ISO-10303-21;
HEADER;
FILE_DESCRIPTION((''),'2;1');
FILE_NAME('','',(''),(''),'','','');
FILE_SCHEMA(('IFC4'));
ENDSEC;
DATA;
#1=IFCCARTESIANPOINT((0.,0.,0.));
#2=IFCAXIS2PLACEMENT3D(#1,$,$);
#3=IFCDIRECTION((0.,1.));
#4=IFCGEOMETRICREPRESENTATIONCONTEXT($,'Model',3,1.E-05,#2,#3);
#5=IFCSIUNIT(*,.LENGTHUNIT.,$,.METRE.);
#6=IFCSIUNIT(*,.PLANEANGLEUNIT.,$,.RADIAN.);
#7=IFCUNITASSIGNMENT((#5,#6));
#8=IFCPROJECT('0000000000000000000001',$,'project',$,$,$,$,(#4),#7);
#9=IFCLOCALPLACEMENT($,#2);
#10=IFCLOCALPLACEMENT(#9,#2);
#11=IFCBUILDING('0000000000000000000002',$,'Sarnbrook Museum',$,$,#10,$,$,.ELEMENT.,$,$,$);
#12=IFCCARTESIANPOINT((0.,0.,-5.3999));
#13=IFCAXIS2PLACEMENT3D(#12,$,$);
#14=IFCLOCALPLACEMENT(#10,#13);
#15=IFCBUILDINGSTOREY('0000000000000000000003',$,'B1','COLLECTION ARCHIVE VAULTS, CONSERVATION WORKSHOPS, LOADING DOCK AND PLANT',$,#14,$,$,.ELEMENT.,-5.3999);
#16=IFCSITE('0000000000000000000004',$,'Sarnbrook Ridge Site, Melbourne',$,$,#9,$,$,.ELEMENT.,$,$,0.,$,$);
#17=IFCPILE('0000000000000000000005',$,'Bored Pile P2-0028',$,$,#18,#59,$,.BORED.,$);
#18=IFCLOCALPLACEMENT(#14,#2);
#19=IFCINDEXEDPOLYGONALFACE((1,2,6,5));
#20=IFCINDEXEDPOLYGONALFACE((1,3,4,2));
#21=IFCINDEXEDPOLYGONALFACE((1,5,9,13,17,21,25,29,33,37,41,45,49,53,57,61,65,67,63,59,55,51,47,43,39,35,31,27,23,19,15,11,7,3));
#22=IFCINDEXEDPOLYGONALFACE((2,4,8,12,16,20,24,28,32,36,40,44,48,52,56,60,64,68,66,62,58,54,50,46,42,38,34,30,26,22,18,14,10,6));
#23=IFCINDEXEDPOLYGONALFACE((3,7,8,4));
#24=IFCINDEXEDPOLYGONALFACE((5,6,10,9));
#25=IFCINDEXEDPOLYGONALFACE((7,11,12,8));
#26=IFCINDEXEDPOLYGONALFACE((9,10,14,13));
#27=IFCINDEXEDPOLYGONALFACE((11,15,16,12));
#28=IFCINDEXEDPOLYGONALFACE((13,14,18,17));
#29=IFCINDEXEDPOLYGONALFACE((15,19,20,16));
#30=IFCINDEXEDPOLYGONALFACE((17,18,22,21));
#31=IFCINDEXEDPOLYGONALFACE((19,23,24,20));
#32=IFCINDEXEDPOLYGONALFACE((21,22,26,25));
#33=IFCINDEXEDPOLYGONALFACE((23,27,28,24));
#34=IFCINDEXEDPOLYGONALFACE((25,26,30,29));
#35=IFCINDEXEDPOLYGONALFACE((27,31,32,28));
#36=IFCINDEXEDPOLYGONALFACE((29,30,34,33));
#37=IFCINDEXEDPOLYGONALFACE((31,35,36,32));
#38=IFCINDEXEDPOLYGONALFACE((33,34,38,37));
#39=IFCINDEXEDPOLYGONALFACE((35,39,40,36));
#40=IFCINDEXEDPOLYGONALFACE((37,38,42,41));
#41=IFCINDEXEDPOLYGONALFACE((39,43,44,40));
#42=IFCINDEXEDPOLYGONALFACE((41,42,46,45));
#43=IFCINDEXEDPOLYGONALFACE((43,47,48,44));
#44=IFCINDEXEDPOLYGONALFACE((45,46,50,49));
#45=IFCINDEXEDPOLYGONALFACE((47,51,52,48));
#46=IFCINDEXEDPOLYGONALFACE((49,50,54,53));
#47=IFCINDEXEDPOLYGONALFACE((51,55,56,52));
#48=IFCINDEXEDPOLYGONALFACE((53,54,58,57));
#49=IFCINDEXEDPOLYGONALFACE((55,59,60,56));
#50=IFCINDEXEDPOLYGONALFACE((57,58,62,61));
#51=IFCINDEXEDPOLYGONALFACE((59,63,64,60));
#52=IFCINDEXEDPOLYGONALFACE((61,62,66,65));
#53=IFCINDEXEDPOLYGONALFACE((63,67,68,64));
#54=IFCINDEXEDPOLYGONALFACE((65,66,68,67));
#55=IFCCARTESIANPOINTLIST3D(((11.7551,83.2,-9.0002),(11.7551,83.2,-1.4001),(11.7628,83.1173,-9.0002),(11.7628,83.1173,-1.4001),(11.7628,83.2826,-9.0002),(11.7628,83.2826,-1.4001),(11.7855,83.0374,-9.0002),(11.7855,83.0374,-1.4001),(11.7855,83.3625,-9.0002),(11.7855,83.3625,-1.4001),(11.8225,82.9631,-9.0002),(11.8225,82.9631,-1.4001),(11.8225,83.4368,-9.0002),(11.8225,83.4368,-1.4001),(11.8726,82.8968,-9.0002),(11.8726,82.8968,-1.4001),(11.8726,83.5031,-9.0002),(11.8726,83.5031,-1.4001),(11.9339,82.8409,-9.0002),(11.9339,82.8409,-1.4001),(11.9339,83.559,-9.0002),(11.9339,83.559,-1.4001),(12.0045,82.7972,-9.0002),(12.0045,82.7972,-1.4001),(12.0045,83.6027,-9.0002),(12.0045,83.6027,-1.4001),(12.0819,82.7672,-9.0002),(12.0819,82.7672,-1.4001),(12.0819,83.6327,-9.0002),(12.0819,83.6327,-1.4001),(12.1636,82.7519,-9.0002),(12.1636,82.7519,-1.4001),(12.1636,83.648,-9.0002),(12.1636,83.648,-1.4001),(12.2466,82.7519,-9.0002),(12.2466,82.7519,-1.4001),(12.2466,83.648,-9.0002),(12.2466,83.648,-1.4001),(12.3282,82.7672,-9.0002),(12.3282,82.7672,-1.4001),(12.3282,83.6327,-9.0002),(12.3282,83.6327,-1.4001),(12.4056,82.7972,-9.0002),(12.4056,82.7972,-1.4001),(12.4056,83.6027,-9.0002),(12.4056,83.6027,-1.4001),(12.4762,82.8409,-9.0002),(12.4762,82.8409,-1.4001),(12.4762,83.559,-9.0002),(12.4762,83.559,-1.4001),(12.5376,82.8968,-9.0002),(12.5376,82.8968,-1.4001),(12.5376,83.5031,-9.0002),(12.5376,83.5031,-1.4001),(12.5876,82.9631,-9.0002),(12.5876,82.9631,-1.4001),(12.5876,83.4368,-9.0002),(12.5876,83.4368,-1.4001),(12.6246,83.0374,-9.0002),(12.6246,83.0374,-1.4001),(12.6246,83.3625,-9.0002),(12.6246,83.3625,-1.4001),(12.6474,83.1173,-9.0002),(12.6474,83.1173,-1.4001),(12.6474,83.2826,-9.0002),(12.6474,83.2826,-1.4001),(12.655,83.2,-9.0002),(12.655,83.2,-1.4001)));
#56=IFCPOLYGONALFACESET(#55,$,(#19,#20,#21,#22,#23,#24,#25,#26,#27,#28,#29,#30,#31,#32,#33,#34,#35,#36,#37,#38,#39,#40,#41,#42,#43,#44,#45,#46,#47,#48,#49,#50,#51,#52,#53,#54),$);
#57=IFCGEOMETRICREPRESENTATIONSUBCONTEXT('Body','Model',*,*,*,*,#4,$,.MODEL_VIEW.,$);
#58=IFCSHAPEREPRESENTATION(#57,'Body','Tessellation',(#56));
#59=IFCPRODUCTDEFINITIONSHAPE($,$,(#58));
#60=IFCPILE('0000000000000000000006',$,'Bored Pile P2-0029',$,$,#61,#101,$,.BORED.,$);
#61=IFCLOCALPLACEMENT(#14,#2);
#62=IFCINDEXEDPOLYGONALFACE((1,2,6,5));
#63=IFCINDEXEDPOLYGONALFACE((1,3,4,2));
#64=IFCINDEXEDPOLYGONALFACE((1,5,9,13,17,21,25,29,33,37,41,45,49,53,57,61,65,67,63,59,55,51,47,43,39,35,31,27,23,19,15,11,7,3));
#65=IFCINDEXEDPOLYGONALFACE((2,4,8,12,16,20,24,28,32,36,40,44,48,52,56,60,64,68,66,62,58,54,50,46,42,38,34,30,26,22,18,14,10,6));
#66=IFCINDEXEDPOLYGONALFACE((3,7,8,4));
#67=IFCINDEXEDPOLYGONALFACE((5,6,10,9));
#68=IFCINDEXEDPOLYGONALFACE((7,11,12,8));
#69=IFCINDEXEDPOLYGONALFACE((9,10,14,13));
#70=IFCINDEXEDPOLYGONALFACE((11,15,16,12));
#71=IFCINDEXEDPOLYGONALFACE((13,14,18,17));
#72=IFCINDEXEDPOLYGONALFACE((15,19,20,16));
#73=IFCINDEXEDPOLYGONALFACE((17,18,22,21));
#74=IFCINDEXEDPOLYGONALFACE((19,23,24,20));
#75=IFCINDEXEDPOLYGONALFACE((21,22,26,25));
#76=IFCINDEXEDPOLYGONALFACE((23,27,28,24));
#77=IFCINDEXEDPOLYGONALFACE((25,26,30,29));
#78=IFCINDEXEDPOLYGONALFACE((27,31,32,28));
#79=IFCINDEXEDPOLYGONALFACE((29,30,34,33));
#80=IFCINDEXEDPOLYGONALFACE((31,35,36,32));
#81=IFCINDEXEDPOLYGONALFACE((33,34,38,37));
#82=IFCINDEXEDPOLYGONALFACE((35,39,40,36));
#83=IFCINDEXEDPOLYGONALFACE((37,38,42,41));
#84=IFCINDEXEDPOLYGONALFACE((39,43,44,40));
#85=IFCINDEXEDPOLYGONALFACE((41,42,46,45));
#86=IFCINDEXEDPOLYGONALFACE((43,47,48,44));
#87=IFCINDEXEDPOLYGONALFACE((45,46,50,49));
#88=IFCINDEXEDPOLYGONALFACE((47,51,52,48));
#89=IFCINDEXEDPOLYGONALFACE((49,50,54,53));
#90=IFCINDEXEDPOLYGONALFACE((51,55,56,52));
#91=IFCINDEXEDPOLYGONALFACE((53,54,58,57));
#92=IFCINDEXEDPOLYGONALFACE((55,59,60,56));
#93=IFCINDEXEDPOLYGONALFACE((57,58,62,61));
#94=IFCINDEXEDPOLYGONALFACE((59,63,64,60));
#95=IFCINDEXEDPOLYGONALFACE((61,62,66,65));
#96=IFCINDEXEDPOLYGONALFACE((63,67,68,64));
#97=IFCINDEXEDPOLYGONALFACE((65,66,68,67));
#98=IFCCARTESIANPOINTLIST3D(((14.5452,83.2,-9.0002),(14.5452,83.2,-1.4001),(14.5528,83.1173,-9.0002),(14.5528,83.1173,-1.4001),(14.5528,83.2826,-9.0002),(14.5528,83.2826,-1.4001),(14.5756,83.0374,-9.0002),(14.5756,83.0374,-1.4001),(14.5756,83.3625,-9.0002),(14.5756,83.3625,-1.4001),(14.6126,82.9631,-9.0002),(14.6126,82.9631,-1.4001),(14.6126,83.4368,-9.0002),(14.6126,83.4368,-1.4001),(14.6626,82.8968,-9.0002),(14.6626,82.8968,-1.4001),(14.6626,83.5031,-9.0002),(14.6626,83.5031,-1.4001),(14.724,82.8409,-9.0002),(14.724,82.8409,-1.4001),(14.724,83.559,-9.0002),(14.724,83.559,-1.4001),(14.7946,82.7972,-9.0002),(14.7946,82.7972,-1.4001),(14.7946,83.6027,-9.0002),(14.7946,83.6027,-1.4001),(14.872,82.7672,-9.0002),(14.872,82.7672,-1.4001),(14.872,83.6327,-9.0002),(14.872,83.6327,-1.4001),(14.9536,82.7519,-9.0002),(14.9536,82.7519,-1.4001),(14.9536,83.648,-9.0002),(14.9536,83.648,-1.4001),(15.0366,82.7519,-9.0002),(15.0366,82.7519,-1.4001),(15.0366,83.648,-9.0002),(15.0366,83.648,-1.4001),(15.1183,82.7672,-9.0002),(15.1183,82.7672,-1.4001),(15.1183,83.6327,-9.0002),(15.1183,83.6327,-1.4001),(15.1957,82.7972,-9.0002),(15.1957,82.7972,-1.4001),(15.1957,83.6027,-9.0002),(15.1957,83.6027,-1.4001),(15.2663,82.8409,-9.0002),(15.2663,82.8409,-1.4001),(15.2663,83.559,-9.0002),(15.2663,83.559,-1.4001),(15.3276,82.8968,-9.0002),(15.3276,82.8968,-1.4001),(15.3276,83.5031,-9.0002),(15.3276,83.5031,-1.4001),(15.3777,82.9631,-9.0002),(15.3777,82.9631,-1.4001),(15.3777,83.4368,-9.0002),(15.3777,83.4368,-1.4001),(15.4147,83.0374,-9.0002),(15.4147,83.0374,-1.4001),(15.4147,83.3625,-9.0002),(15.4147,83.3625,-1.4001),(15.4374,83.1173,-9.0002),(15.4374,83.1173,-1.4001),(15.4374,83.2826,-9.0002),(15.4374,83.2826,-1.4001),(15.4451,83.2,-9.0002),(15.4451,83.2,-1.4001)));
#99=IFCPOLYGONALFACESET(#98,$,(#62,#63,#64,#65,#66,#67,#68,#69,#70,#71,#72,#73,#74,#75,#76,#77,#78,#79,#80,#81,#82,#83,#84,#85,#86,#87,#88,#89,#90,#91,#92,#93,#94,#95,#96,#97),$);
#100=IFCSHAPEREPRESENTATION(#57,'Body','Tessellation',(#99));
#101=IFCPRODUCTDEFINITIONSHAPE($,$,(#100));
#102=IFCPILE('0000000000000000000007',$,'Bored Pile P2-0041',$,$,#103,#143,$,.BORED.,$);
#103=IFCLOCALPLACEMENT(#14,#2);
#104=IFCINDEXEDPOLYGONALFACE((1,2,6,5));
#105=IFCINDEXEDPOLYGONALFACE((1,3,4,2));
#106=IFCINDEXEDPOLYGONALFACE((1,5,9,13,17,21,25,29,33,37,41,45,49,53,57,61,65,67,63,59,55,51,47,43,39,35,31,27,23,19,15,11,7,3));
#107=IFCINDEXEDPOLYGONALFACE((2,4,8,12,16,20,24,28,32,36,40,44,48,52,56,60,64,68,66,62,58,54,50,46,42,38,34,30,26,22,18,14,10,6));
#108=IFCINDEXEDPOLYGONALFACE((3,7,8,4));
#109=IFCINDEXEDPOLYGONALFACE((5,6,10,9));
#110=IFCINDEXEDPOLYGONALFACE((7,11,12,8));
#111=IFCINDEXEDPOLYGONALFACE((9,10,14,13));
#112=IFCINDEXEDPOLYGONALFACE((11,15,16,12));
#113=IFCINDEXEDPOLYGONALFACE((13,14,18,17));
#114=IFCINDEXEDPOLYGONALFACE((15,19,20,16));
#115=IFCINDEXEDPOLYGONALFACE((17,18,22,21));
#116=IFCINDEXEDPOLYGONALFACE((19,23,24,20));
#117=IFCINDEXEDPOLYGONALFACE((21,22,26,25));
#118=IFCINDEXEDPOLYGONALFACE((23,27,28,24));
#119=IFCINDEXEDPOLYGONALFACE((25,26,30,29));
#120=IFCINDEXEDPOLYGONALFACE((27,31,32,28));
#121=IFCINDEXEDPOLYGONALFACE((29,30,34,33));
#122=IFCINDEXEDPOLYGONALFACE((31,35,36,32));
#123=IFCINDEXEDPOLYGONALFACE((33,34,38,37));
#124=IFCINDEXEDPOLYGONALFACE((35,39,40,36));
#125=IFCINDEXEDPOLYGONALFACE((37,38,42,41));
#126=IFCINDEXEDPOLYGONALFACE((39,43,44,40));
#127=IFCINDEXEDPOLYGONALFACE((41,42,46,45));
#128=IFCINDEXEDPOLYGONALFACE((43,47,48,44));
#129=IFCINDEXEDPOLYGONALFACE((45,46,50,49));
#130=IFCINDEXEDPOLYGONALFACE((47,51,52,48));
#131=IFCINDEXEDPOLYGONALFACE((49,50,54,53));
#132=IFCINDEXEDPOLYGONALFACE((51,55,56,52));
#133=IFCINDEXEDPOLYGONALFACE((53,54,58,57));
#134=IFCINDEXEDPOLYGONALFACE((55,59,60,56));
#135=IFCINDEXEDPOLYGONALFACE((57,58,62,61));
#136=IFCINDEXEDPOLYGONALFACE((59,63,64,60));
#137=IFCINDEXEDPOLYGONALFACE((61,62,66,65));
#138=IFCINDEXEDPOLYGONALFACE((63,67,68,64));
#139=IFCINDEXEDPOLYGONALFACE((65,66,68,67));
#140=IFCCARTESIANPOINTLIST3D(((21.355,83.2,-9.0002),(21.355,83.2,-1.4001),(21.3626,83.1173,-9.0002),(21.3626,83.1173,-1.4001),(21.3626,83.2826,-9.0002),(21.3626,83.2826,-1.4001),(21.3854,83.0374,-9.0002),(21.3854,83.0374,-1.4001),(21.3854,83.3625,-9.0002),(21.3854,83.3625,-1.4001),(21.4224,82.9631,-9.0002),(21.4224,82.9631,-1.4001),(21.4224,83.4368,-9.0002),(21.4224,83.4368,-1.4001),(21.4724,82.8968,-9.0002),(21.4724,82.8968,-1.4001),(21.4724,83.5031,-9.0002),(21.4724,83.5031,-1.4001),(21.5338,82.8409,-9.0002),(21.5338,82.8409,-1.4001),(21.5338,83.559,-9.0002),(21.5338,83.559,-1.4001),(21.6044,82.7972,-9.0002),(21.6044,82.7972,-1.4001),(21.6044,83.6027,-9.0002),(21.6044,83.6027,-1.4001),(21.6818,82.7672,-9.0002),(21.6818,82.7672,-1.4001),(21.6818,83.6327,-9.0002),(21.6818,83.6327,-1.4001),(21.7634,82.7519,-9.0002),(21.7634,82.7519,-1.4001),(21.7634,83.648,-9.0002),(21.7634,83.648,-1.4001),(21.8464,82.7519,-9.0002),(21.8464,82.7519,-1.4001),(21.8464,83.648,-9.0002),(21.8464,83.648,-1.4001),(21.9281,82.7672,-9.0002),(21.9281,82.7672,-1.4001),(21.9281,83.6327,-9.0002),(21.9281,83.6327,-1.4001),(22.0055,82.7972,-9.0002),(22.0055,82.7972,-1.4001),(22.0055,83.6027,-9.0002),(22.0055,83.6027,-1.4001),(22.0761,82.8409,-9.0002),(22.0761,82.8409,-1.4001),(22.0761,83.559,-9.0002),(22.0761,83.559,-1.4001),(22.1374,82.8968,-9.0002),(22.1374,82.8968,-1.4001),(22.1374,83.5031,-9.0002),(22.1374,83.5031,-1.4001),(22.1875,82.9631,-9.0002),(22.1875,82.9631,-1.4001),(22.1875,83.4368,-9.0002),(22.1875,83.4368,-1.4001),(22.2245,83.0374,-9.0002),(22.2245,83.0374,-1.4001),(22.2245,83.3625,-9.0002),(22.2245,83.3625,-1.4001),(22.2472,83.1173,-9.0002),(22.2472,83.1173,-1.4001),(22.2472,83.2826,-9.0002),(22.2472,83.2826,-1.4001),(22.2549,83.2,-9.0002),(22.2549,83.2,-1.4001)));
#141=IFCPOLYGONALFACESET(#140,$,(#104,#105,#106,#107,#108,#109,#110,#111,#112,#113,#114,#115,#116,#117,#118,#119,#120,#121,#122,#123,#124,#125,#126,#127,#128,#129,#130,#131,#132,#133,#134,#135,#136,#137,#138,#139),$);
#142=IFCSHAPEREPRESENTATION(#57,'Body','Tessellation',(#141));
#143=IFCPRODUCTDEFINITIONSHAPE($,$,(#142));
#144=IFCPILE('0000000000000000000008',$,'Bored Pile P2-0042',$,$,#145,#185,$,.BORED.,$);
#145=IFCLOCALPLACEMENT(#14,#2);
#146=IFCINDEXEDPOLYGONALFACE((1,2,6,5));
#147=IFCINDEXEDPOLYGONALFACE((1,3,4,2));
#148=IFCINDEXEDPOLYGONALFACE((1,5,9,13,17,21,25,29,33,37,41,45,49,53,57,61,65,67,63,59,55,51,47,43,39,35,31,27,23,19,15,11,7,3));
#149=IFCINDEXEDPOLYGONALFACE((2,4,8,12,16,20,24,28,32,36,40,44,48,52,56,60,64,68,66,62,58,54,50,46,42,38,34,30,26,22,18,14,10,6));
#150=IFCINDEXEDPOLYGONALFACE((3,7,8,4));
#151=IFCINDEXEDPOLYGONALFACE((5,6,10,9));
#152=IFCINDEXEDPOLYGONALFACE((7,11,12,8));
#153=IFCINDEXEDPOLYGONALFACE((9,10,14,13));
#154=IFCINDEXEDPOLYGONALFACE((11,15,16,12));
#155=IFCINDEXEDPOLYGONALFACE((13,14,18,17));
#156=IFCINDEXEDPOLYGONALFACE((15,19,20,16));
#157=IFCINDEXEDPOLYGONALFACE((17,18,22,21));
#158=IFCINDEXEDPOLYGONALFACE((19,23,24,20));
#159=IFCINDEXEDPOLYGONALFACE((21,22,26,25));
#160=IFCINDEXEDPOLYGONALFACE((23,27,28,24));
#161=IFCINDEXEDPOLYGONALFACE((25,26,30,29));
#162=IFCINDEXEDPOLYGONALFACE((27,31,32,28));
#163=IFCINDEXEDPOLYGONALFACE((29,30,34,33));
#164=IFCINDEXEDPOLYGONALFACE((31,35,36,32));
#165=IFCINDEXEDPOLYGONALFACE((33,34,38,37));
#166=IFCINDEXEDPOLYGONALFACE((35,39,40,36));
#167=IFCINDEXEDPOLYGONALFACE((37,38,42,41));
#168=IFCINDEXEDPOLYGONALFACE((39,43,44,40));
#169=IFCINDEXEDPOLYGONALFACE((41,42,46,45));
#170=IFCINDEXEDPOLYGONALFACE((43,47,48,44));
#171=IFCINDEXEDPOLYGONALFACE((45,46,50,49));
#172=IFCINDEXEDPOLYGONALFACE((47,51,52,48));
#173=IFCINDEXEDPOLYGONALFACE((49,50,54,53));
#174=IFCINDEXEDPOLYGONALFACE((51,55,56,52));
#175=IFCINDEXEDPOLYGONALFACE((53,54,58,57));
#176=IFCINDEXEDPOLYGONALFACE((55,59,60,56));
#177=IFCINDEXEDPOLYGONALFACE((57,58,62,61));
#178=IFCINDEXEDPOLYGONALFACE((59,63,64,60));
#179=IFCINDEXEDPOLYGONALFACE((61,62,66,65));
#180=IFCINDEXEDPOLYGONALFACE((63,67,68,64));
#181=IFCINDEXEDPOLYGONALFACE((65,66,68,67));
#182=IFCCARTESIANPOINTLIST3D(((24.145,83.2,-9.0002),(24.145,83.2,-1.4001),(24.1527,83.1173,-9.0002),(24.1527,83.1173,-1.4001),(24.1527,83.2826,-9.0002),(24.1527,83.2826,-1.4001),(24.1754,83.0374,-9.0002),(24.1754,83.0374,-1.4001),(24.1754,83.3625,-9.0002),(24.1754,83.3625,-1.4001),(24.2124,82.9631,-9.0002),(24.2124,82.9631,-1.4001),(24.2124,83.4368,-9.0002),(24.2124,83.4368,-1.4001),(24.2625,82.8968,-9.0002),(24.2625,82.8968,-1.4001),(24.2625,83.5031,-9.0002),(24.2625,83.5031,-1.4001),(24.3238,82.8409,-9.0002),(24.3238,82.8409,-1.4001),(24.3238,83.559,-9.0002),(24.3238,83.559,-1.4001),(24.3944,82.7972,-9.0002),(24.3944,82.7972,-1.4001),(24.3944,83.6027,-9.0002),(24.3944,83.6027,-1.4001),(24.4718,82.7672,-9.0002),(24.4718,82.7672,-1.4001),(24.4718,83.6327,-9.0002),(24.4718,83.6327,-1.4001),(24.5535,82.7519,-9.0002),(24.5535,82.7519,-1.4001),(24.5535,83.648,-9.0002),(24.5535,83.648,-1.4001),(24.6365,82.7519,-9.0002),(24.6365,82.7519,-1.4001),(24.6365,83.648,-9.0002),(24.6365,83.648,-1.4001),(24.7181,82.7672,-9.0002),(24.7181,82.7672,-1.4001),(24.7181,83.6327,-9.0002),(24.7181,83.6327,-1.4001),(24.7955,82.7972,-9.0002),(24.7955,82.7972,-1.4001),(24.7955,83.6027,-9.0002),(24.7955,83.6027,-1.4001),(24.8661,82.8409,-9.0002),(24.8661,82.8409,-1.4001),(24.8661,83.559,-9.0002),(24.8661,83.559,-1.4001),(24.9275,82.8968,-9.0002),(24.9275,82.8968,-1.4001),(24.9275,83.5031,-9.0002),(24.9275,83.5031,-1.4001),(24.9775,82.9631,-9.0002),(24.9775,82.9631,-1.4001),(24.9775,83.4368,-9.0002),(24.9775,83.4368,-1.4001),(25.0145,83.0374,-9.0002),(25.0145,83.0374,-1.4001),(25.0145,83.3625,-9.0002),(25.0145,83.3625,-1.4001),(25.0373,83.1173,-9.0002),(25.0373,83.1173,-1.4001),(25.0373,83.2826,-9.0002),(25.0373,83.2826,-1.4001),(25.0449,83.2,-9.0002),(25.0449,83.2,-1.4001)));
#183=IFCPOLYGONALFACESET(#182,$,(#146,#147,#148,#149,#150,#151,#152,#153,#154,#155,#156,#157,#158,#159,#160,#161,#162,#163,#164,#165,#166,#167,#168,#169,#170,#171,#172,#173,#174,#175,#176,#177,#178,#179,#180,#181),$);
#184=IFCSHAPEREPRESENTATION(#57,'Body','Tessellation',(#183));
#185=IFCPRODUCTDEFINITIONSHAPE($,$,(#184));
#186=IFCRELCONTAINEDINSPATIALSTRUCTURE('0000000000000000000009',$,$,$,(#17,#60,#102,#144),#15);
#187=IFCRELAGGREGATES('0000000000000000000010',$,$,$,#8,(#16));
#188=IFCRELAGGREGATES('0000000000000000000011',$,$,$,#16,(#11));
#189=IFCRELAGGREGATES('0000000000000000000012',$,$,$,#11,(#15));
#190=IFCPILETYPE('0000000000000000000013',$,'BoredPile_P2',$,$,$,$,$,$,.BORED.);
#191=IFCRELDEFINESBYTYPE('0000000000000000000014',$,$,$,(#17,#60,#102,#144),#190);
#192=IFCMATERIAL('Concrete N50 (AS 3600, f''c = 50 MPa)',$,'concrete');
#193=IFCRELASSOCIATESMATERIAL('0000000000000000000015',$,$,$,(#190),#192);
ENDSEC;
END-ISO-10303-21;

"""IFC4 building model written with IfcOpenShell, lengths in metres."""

from ifc_helpers import new_model, si_unit, direction, frame, origin, origin_2d, place, context, subcontext, project, spatial, circle, extrude, material, material_profile, profile_set, type_object, element, save


model = new_model("IFC4")

# Units and contexts
model_context = context("Model", 3, precision=1e-05, world=origin(), true_north=direction((0.0, 1.0)))
body_context = subcontext(model_context, "Body", "Model", "MODEL_VIEW")
ifc_project = project(units=[si_unit("LENGTHUNIT", "METRE"), si_unit("PLANEANGLEUNIT", "RADIAN")], contexts=[model_context])

# Site, building, storey
site_placement = place(None, origin())
site = spatial("IfcSite", under=ifc_project, at=site_placement, Name="Sarnbrook Ridge Site, Melbourne", CompositionType="ELEMENT", RefElevation=0.0)
building_placement = place(site_placement, origin())
building = spatial("IfcBuilding", under=site, at=building_placement, Name="Sarnbrook Museum", CompositionType="ELEMENT")
storey_placement = place(building_placement, frame((0.0, 0.0, -5.3999)))
storey = spatial("IfcBuildingStorey", under=building, at=storey_placement, Name="B1", Description="COLLECTION ARCHIVE VAULTS, CONSERVATION WORKSHOPS, LOADING DOCK AND PLANT", CompositionType="ELEMENT", Elevation=-5.3999)

# Piles
ifc_material_1 = material(Name="Concrete N50 (AS 3600, f'c = 50 MPa)", Category="concrete")
ifc_material_profile_1 = material_profile(ifc_material_1, circle(Radius=0.45, at=origin_2d()), Name="BORED PILE D900")
ifc_profile_set_1 = profile_set([ifc_material_profile_1], Name="Concrete N50 (AS 3600, f'c = 50 MPa)")
pile_type = type_object("IfcPileType", Name="BoredPile_P2", PredefinedType="BORED", material=ifc_profile_set_1)
for number, where, z_axis, x_axis, name in (
    (1, (12.2051, 83.2, -1.4001), (0.0, 0.0, -1.0), (1.0, 0.0, 0.0), "Bored Pile P2-0028"),
    (2, (14.9951, 83.2, -1.4001), (0.0, 0.0, -1.0), (1.0, 0.0, 0.0), "Bored Pile P2-0029"),
    (3, (21.8049, 83.2, -1.4001), (0.0, 0.0, -1.0), (1.0, 0.0, 0.0), "Bored Pile P2-0041"),
    (4, (24.595, 83.2, -1.4001), (0.0, 0.0, -1.0), (1.0, 0.0, 0.0), "Bored Pile P2-0042"),
):
    element("IfcPile", number, at=place(storey_placement, frame(where, z_axis=z_axis, x_axis=x_axis)), inside=storey, type_object=pile_type, Name=name, PredefinedType="BORED", context=body_context, shape_type="SweptSolid", body=[
        extrude(circle(Radius=0.45, at=origin_2d()), origin(), (0.0, 0.0, 1.0), 7.6001),
    ])

save(model, "model.ifc")
